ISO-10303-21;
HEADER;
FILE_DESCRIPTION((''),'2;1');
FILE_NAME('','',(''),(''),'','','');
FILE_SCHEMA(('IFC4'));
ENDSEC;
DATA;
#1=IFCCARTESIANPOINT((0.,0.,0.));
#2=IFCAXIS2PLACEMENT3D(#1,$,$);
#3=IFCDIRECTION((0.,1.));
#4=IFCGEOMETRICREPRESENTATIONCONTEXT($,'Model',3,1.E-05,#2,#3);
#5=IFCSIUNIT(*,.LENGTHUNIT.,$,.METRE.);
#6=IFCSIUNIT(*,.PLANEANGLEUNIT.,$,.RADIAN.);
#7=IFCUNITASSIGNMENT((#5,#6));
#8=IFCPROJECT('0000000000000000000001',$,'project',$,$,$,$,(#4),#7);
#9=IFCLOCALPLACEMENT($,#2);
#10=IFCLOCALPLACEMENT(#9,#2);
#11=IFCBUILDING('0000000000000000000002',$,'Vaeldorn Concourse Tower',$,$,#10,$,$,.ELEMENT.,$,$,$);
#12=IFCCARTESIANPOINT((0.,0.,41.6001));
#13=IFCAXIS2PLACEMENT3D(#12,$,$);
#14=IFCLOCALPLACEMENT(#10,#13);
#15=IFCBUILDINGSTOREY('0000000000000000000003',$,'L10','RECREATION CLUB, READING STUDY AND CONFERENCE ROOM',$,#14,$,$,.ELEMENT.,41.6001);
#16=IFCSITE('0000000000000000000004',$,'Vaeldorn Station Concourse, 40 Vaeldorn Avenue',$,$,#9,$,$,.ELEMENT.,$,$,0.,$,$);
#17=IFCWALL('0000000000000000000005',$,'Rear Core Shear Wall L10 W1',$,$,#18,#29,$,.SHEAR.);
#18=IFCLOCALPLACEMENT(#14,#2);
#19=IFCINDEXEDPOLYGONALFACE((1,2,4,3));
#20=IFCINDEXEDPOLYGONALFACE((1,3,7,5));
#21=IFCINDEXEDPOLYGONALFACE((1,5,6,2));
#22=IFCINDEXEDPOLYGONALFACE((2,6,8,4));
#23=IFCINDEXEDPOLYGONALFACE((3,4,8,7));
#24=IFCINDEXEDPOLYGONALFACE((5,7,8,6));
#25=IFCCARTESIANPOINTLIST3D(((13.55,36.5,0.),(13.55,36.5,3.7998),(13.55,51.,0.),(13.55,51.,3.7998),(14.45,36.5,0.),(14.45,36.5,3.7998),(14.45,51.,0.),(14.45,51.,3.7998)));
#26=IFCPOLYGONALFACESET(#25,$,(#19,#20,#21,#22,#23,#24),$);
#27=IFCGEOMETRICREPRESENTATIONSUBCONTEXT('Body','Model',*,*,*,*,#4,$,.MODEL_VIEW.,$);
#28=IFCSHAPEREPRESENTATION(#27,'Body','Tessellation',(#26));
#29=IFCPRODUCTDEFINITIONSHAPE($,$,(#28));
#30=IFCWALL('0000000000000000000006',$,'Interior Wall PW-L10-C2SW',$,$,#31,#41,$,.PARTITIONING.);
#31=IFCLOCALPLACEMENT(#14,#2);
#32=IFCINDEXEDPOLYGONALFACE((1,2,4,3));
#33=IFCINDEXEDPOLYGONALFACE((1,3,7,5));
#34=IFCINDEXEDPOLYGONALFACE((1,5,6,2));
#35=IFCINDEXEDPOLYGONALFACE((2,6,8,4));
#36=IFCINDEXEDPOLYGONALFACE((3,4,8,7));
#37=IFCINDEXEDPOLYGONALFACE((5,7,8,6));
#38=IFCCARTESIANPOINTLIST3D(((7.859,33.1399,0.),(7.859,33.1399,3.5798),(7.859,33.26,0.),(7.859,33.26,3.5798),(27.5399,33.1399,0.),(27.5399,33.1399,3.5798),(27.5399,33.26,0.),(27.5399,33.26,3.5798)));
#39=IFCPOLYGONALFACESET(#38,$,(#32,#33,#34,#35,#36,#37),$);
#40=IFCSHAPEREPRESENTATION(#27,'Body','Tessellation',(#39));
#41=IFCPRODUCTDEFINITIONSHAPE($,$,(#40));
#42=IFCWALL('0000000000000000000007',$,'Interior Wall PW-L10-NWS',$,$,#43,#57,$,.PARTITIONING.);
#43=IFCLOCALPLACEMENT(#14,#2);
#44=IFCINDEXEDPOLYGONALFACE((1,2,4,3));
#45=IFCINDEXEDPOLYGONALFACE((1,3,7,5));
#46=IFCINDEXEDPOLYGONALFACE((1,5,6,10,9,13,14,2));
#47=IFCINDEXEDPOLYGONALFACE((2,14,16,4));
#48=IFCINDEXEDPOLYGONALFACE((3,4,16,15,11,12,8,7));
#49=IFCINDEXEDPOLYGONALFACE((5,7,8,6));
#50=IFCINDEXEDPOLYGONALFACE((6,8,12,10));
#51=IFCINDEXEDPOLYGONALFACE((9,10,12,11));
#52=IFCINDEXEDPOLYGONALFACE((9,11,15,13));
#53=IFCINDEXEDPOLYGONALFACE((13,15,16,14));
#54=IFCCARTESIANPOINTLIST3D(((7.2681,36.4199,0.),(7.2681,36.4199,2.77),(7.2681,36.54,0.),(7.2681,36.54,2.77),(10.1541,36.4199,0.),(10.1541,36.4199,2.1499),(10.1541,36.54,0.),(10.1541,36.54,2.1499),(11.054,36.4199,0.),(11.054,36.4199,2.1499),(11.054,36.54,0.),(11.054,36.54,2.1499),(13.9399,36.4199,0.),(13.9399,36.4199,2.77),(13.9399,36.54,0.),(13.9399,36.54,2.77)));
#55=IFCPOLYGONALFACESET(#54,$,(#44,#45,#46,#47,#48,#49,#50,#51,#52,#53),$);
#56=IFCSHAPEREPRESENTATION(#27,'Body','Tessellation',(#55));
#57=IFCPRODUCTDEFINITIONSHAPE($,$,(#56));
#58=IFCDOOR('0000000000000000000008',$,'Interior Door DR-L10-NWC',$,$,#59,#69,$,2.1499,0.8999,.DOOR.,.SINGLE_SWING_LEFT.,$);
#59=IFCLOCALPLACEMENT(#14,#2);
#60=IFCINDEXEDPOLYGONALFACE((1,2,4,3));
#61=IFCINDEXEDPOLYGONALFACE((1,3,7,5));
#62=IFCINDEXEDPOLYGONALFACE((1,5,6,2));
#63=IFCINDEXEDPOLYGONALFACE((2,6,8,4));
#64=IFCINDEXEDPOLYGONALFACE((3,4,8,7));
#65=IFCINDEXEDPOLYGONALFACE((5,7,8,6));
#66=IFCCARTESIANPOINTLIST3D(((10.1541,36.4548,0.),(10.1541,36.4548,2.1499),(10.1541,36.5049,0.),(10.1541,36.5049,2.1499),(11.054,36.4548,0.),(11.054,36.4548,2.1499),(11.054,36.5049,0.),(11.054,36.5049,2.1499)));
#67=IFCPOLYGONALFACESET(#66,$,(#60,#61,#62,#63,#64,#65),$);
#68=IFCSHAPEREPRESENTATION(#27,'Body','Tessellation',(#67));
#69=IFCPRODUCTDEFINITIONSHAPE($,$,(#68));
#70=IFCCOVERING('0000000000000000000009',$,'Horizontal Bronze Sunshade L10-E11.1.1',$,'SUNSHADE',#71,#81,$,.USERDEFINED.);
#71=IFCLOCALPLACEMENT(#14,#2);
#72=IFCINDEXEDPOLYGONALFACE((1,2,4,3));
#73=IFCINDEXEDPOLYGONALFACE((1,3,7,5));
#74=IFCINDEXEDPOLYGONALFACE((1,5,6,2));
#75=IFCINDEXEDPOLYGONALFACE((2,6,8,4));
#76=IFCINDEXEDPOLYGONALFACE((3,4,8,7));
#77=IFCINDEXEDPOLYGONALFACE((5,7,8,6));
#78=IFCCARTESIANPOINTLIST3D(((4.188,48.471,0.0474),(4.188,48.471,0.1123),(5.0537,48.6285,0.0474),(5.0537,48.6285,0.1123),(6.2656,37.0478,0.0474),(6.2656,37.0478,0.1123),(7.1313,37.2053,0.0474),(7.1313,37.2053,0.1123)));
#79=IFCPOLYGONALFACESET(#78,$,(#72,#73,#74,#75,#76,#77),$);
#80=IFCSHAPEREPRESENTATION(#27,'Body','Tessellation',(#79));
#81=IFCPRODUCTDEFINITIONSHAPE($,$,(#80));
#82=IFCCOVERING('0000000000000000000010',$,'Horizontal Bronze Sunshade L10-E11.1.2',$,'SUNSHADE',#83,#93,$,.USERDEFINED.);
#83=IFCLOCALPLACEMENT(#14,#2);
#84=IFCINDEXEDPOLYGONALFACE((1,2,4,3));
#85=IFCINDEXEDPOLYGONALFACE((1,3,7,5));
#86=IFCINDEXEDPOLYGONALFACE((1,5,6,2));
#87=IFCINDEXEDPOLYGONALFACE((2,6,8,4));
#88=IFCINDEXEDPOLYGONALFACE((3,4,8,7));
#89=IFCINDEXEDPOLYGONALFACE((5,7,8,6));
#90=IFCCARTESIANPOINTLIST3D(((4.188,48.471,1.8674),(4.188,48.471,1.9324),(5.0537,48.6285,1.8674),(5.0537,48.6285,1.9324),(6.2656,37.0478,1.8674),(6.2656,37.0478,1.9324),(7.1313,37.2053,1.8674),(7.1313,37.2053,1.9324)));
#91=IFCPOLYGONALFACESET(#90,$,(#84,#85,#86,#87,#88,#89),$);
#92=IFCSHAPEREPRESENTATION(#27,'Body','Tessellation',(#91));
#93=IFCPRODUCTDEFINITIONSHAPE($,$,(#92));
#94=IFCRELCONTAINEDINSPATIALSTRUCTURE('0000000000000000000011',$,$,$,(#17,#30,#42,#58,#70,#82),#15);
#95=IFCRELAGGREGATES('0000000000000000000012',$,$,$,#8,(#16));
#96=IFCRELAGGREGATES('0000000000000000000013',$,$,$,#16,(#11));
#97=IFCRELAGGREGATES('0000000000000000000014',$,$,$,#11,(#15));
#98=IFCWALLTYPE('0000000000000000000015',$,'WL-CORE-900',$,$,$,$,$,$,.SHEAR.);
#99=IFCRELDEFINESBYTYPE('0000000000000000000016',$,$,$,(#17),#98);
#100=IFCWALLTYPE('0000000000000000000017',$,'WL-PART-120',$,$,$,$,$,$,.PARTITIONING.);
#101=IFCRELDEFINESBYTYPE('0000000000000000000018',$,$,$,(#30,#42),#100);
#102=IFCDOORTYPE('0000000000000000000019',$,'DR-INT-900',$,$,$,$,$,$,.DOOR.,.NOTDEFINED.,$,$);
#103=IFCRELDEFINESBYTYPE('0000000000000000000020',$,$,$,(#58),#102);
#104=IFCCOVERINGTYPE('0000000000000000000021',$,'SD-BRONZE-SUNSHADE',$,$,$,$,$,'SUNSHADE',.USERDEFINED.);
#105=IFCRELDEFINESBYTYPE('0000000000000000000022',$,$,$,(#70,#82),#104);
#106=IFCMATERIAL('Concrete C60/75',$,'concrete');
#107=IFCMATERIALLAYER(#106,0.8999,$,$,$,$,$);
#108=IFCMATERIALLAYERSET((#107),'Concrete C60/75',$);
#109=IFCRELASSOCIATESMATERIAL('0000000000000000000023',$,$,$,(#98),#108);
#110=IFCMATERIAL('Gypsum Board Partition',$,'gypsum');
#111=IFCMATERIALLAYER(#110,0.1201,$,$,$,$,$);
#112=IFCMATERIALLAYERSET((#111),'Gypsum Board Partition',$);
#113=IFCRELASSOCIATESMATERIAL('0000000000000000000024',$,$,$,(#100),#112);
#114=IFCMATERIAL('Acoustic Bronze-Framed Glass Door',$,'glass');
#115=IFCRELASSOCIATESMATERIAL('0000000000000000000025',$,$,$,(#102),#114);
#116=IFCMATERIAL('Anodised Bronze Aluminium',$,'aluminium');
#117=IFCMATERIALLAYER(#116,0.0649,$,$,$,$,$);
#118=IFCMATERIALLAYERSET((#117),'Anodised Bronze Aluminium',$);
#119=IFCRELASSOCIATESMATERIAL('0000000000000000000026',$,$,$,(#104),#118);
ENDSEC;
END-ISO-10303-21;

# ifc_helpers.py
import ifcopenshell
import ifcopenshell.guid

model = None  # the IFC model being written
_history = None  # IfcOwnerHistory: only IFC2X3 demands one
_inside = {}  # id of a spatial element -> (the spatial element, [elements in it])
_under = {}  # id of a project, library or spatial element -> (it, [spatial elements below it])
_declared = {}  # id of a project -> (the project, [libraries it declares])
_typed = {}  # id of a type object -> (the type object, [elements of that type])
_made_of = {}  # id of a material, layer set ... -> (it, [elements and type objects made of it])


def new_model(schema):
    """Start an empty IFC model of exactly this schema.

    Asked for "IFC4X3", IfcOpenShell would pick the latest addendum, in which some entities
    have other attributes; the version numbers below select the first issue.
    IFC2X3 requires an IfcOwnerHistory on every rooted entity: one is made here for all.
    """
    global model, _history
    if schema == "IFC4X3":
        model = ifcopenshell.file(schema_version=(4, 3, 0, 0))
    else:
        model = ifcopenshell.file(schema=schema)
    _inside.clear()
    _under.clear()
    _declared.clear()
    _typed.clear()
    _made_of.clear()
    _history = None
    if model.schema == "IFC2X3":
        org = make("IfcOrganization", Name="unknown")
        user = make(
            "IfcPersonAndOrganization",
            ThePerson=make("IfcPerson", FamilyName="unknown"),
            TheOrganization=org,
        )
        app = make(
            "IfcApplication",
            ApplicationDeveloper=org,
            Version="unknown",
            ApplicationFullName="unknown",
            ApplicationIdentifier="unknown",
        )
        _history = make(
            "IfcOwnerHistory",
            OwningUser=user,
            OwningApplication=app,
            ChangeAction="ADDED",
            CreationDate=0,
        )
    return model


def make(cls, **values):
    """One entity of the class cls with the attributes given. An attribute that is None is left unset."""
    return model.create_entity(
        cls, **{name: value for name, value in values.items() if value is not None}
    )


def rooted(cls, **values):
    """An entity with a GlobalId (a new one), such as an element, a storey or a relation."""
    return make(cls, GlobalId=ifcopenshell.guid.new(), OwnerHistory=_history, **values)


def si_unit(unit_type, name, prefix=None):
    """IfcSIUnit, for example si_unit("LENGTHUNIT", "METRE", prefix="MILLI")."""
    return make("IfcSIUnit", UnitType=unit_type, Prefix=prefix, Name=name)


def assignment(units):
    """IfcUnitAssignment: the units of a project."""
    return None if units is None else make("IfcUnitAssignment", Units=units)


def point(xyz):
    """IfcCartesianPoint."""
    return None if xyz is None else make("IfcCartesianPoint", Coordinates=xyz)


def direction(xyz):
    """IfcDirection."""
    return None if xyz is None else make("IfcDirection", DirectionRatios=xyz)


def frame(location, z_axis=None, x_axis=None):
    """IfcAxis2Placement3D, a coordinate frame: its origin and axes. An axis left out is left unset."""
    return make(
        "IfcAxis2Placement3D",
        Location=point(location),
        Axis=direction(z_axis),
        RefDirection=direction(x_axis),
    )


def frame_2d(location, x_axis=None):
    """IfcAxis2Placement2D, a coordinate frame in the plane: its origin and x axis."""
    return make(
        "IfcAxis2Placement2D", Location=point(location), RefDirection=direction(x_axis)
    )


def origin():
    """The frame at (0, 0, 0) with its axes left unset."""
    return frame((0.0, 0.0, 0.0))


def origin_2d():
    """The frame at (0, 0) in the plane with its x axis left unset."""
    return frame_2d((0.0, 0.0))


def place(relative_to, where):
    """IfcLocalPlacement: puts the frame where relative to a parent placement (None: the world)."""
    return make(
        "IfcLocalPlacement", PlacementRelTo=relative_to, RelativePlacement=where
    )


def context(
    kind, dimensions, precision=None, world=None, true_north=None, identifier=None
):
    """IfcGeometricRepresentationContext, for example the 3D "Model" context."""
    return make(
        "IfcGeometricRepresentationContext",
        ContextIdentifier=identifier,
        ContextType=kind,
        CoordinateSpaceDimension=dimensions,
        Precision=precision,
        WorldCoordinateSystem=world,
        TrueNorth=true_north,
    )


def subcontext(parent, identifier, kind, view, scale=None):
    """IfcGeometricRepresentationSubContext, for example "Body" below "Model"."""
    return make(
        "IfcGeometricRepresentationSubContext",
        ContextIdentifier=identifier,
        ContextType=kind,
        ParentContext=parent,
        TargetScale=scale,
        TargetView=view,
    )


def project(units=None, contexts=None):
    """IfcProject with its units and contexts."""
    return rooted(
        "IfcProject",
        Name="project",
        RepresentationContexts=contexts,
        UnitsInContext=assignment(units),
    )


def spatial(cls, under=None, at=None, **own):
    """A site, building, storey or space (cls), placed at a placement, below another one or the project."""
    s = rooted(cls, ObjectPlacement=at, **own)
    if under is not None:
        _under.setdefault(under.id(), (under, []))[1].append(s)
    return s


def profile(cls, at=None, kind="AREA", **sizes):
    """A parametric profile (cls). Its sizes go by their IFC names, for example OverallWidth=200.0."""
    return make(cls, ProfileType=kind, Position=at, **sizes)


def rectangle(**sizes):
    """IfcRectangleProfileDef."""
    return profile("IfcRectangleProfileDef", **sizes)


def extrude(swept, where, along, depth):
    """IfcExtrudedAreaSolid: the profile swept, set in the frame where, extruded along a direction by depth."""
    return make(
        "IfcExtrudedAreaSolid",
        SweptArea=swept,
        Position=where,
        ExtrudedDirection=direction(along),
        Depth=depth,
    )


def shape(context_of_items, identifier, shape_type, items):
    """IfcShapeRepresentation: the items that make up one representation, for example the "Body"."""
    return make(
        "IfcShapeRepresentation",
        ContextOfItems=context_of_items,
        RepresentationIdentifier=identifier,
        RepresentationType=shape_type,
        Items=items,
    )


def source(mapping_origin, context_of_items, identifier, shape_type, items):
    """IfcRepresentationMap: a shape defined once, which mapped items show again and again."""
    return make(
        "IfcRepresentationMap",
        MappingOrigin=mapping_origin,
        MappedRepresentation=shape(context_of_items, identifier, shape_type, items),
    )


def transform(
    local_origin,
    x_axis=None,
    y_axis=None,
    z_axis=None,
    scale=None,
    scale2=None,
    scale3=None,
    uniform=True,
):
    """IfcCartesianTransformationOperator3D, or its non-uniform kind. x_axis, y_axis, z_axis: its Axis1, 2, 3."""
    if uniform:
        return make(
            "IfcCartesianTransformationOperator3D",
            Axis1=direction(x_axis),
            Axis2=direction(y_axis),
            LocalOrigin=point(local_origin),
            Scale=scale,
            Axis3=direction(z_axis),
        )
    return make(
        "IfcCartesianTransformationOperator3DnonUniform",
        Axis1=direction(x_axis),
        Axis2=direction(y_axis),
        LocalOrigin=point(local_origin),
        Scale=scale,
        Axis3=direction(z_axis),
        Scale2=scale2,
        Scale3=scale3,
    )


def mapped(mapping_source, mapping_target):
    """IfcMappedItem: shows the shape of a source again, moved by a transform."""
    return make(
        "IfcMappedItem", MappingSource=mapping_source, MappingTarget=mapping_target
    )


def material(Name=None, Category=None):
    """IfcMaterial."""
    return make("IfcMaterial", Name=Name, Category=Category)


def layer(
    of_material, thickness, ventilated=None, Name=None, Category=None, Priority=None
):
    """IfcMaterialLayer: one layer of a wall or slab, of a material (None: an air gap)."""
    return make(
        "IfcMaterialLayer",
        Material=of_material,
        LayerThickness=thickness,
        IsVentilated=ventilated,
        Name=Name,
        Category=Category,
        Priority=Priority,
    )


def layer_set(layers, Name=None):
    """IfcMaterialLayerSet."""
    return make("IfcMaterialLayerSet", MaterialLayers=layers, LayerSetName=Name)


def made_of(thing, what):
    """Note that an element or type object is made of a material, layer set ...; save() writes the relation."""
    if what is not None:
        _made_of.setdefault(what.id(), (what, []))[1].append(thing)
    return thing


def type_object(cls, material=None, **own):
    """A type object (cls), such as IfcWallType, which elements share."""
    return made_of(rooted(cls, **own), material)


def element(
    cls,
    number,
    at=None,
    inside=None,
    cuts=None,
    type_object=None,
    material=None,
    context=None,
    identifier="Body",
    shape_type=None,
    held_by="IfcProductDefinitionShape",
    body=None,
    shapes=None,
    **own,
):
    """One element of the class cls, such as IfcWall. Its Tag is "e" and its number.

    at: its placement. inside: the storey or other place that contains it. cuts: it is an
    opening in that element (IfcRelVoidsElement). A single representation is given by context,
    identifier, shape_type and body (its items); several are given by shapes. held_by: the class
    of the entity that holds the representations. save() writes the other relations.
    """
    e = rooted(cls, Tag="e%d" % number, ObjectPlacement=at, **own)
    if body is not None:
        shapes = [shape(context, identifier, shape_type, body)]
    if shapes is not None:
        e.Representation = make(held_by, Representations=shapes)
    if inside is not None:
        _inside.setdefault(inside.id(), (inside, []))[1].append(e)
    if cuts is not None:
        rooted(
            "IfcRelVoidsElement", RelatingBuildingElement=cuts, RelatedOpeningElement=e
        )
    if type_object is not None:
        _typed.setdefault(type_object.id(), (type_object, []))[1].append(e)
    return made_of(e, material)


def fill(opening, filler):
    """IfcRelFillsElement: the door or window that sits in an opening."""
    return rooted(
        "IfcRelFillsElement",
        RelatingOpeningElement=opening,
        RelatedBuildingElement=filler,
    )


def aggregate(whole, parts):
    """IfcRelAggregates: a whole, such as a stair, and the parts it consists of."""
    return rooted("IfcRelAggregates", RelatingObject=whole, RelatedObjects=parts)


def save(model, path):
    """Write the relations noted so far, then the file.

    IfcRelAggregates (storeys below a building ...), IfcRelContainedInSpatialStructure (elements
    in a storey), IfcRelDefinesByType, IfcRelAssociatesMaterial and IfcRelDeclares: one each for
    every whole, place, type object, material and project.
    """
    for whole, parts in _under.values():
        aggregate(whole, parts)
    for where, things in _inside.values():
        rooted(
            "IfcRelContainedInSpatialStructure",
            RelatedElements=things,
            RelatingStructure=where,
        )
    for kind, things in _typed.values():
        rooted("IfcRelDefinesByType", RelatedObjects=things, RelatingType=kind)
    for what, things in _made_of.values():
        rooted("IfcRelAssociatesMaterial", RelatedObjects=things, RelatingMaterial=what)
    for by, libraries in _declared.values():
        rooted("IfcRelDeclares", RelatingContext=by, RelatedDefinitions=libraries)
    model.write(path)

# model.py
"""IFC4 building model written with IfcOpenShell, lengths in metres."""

from ifc_helpers import new_model, si_unit, direction, frame, frame_2d, origin, origin_2d, place, context, subcontext, project, spatial, rectangle, extrude, source, transform, mapped, material, layer, layer_set, type_object, element, fill, save


model = new_model("IFC4")

# Units and contexts
model_context = context("Model", 3, precision=1e-05, world=origin(), true_north=direction((0.0, 1.0)))
body_context = subcontext(model_context, "Body", "Model", "MODEL_VIEW")
ifc_project = project(units=[si_unit("LENGTHUNIT", "METRE"), si_unit("PLANEANGLEUNIT", "RADIAN")], contexts=[model_context])

# Site, building, storey
site_placement = place(None, origin())
site = spatial("IfcSite", under=ifc_project, at=site_placement, Name="Vaeldorn Station Concourse, 40 Vaeldorn Avenue", CompositionType="ELEMENT", RefElevation=0.0)
building_placement = place(site_placement, origin())
building = spatial("IfcBuilding", under=site, at=building_placement, Name="Vaeldorn Concourse Tower", CompositionType="ELEMENT")
storey_placement = place(building_placement, frame((0.0, 0.0, 41.6001)))
storey = spatial("IfcBuildingStorey", under=building, at=storey_placement, Name="L10", Description="RECREATION CLUB, READING STUDY AND CONFERENCE ROOM", CompositionType="ELEMENT", Elevation=41.6001)

# Shared definitions
ifc_material_1 = material(Name="Concrete C60/75", Category="concrete")

# Shared definitions
ifc_material_2 = material(Name="Anodised Bronze Aluminium", Category="aluminium")

# Walls
ifc_layer_1 = layer(ifc_material_1, 0.8999)
ifc_layer_set_1 = layer_set([ifc_layer_1], Name="Concrete C60/75")
wall_type_1 = type_object("IfcWallType", Name="WL-CORE-900", PredefinedType="SHEAR", material=ifc_layer_set_1)
wall_1_placement = place(storey_placement, frame((14.0, 36.5, 0.0), z_axis=(0.0, 0.0, 1.0), x_axis=(0.0, 1.0, 0.0)))
element("IfcWall", 1, at=wall_1_placement, inside=storey, type_object=wall_type_1, Name="Rear Core Shear Wall L10 W1", PredefinedType="SHEAR", context=body_context, shape_type="SweptSolid", body=[
    extrude(rectangle(XDim=14.5, YDim=0.8999, at=frame_2d((7.25, 0.0))), origin(), (0.0, 0.0, 1.0), 3.7998),
])
ifc_material_3 = material(Name="Gypsum Board Partition", Category="gypsum")
ifc_layer_2 = layer(ifc_material_3, 0.1201)
ifc_layer_set_2 = layer_set([ifc_layer_2], Name="Gypsum Board Partition")
wall_type_2 = type_object("IfcWallType", Name="WL-PART-120", PredefinedType="PARTITIONING", material=ifc_layer_set_2)
wall_2_placement = place(storey_placement, frame((7.8591, 33.2, 0.0), z_axis=(0.0, 0.0, 1.0), x_axis=(1.0, 0.0, 0.0)))
element("IfcWall", 2, at=wall_2_placement, inside=storey, type_object=wall_type_2, Name="Interior Wall PW-L10-C2SW", PredefinedType="PARTITIONING", context=body_context, shape_type="SweptSolid", body=[
    extrude(rectangle(XDim=19.6809, YDim=0.1201, at=frame_2d((9.8403, 0.0))), origin(), (0.0, 0.0, 1.0), 3.5798),
])

# Wall, opening, door
wall_3_placement = place(storey_placement, frame((7.2681, 36.48, 0.0), z_axis=(0.0, 0.0, 1.0), x_axis=(1.0, 0.0, 0.0)))
wall_3 = element("IfcWall", 3, at=wall_3_placement, inside=storey, type_object=wall_type_2, Name="Interior Wall PW-L10-NWS", PredefinedType="PARTITIONING", context=body_context, shape_type="SweptSolid", body=[
    extrude(rectangle(XDim=6.6719, YDim=0.1201, at=frame_2d((3.3359, 0.0))), origin(), (0.0, 0.0, 1.0), 2.77),
])
opening_placement = place(wall_3_placement, frame((2.886, 0.0, 0.0)))
opening = element("IfcOpeningElement", 4, at=opening_placement, cuts=wall_3, PredefinedType="OPENING", context=body_context, shape_type="SweptSolid", body=[
    extrude(rectangle(XDim=0.8999, YDim=2.1499, at=frame_2d((0.45, 1.075))), frame((0.0, 0.0701, 0.0), z_axis=(0.0, -1.0, 0.0), x_axis=(1.0, 0.0, 0.0)), (0.0, 0.0, 1.0), 0.1401),
])
ifc_material_4 = material(Name="Acoustic Bronze-Framed Glass Door", Category="glass")
door_type = type_object("IfcDoorType", Name="DR-INT-900", OperationType="NOTDEFINED", PredefinedType="DOOR", material=ifc_material_4)
shared_shape_1 = source(origin(), body_context, "Body", "SweptSolid", [
    extrude(rectangle(XDim=0.8999, YDim=2.1499, at=frame_2d((0.45, 1.075))), frame((0.0, 0.0249, 0.0), z_axis=(0.0, -1.0, 0.0), x_axis=(1.0, 0.0, 0.0)), (0.0, 0.0, 1.0), 0.05),
])
door_placement = place(opening_placement, origin())
door = element("IfcDoor", 5, at=door_placement, inside=storey, type_object=door_type, Name="Interior Door DR-L10-NWC", OperationType="SINGLE_SWING_LEFT", OverallHeight=2.1499, OverallWidth=0.8999, PredefinedType="DOOR", context=body_context, shape_type="MappedRepresentation", body=[
    mapped(shared_shape_1, transform((0.0, 0.0, 0.0), scale=1.0)),
])
fill(opening, door)

# Coverings
ifc_layer_3 = layer(ifc_material_2, 0.0649)
ifc_layer_set_3 = layer_set([ifc_layer_3], Name="Anodised Bronze Aluminium")
covering_type = type_object("IfcCoveringType", Name="SD-BRONZE-SUNSHADE", ElementType="SUNSHADE", PredefinedType="USERDEFINED", material=ifc_layer_set_3)
shared_shape_2 = source(origin(), body_context, "Body", "SweptSolid", [
    extrude(rectangle(XDim=11.6106, YDim=0.8799, at=origin_2d()), origin(), (0.0, 0.0, 1.0), 0.0649),
])
for number, where, z_axis, x_axis, name in (
    (6, (5.6597, 42.8381, 0.0474), (0.0, 0.0, 1.0), (0.17894, -0.98386, 0.0), "Horizontal Bronze Sunshade L10-E11.1.1"),
    (7, (5.6597, 42.8381, 1.8674), (0.0, 0.0, 1.0), (0.17894, -0.98386, 0.0), "Horizontal Bronze Sunshade L10-E11.1.2"),
):
    element("IfcCovering", number, at=place(storey_placement, frame(where, z_axis=z_axis, x_axis=x_axis)), inside=storey, type_object=covering_type, Name=name, ObjectType="SUNSHADE", PredefinedType="USERDEFINED", context=body_context, shape_type="MappedRepresentation", body=[
        mapped(shared_shape_2, transform((0.0, 0.0, 0.0), scale=1.0)),
    ])

save(model, "model.ifc")
